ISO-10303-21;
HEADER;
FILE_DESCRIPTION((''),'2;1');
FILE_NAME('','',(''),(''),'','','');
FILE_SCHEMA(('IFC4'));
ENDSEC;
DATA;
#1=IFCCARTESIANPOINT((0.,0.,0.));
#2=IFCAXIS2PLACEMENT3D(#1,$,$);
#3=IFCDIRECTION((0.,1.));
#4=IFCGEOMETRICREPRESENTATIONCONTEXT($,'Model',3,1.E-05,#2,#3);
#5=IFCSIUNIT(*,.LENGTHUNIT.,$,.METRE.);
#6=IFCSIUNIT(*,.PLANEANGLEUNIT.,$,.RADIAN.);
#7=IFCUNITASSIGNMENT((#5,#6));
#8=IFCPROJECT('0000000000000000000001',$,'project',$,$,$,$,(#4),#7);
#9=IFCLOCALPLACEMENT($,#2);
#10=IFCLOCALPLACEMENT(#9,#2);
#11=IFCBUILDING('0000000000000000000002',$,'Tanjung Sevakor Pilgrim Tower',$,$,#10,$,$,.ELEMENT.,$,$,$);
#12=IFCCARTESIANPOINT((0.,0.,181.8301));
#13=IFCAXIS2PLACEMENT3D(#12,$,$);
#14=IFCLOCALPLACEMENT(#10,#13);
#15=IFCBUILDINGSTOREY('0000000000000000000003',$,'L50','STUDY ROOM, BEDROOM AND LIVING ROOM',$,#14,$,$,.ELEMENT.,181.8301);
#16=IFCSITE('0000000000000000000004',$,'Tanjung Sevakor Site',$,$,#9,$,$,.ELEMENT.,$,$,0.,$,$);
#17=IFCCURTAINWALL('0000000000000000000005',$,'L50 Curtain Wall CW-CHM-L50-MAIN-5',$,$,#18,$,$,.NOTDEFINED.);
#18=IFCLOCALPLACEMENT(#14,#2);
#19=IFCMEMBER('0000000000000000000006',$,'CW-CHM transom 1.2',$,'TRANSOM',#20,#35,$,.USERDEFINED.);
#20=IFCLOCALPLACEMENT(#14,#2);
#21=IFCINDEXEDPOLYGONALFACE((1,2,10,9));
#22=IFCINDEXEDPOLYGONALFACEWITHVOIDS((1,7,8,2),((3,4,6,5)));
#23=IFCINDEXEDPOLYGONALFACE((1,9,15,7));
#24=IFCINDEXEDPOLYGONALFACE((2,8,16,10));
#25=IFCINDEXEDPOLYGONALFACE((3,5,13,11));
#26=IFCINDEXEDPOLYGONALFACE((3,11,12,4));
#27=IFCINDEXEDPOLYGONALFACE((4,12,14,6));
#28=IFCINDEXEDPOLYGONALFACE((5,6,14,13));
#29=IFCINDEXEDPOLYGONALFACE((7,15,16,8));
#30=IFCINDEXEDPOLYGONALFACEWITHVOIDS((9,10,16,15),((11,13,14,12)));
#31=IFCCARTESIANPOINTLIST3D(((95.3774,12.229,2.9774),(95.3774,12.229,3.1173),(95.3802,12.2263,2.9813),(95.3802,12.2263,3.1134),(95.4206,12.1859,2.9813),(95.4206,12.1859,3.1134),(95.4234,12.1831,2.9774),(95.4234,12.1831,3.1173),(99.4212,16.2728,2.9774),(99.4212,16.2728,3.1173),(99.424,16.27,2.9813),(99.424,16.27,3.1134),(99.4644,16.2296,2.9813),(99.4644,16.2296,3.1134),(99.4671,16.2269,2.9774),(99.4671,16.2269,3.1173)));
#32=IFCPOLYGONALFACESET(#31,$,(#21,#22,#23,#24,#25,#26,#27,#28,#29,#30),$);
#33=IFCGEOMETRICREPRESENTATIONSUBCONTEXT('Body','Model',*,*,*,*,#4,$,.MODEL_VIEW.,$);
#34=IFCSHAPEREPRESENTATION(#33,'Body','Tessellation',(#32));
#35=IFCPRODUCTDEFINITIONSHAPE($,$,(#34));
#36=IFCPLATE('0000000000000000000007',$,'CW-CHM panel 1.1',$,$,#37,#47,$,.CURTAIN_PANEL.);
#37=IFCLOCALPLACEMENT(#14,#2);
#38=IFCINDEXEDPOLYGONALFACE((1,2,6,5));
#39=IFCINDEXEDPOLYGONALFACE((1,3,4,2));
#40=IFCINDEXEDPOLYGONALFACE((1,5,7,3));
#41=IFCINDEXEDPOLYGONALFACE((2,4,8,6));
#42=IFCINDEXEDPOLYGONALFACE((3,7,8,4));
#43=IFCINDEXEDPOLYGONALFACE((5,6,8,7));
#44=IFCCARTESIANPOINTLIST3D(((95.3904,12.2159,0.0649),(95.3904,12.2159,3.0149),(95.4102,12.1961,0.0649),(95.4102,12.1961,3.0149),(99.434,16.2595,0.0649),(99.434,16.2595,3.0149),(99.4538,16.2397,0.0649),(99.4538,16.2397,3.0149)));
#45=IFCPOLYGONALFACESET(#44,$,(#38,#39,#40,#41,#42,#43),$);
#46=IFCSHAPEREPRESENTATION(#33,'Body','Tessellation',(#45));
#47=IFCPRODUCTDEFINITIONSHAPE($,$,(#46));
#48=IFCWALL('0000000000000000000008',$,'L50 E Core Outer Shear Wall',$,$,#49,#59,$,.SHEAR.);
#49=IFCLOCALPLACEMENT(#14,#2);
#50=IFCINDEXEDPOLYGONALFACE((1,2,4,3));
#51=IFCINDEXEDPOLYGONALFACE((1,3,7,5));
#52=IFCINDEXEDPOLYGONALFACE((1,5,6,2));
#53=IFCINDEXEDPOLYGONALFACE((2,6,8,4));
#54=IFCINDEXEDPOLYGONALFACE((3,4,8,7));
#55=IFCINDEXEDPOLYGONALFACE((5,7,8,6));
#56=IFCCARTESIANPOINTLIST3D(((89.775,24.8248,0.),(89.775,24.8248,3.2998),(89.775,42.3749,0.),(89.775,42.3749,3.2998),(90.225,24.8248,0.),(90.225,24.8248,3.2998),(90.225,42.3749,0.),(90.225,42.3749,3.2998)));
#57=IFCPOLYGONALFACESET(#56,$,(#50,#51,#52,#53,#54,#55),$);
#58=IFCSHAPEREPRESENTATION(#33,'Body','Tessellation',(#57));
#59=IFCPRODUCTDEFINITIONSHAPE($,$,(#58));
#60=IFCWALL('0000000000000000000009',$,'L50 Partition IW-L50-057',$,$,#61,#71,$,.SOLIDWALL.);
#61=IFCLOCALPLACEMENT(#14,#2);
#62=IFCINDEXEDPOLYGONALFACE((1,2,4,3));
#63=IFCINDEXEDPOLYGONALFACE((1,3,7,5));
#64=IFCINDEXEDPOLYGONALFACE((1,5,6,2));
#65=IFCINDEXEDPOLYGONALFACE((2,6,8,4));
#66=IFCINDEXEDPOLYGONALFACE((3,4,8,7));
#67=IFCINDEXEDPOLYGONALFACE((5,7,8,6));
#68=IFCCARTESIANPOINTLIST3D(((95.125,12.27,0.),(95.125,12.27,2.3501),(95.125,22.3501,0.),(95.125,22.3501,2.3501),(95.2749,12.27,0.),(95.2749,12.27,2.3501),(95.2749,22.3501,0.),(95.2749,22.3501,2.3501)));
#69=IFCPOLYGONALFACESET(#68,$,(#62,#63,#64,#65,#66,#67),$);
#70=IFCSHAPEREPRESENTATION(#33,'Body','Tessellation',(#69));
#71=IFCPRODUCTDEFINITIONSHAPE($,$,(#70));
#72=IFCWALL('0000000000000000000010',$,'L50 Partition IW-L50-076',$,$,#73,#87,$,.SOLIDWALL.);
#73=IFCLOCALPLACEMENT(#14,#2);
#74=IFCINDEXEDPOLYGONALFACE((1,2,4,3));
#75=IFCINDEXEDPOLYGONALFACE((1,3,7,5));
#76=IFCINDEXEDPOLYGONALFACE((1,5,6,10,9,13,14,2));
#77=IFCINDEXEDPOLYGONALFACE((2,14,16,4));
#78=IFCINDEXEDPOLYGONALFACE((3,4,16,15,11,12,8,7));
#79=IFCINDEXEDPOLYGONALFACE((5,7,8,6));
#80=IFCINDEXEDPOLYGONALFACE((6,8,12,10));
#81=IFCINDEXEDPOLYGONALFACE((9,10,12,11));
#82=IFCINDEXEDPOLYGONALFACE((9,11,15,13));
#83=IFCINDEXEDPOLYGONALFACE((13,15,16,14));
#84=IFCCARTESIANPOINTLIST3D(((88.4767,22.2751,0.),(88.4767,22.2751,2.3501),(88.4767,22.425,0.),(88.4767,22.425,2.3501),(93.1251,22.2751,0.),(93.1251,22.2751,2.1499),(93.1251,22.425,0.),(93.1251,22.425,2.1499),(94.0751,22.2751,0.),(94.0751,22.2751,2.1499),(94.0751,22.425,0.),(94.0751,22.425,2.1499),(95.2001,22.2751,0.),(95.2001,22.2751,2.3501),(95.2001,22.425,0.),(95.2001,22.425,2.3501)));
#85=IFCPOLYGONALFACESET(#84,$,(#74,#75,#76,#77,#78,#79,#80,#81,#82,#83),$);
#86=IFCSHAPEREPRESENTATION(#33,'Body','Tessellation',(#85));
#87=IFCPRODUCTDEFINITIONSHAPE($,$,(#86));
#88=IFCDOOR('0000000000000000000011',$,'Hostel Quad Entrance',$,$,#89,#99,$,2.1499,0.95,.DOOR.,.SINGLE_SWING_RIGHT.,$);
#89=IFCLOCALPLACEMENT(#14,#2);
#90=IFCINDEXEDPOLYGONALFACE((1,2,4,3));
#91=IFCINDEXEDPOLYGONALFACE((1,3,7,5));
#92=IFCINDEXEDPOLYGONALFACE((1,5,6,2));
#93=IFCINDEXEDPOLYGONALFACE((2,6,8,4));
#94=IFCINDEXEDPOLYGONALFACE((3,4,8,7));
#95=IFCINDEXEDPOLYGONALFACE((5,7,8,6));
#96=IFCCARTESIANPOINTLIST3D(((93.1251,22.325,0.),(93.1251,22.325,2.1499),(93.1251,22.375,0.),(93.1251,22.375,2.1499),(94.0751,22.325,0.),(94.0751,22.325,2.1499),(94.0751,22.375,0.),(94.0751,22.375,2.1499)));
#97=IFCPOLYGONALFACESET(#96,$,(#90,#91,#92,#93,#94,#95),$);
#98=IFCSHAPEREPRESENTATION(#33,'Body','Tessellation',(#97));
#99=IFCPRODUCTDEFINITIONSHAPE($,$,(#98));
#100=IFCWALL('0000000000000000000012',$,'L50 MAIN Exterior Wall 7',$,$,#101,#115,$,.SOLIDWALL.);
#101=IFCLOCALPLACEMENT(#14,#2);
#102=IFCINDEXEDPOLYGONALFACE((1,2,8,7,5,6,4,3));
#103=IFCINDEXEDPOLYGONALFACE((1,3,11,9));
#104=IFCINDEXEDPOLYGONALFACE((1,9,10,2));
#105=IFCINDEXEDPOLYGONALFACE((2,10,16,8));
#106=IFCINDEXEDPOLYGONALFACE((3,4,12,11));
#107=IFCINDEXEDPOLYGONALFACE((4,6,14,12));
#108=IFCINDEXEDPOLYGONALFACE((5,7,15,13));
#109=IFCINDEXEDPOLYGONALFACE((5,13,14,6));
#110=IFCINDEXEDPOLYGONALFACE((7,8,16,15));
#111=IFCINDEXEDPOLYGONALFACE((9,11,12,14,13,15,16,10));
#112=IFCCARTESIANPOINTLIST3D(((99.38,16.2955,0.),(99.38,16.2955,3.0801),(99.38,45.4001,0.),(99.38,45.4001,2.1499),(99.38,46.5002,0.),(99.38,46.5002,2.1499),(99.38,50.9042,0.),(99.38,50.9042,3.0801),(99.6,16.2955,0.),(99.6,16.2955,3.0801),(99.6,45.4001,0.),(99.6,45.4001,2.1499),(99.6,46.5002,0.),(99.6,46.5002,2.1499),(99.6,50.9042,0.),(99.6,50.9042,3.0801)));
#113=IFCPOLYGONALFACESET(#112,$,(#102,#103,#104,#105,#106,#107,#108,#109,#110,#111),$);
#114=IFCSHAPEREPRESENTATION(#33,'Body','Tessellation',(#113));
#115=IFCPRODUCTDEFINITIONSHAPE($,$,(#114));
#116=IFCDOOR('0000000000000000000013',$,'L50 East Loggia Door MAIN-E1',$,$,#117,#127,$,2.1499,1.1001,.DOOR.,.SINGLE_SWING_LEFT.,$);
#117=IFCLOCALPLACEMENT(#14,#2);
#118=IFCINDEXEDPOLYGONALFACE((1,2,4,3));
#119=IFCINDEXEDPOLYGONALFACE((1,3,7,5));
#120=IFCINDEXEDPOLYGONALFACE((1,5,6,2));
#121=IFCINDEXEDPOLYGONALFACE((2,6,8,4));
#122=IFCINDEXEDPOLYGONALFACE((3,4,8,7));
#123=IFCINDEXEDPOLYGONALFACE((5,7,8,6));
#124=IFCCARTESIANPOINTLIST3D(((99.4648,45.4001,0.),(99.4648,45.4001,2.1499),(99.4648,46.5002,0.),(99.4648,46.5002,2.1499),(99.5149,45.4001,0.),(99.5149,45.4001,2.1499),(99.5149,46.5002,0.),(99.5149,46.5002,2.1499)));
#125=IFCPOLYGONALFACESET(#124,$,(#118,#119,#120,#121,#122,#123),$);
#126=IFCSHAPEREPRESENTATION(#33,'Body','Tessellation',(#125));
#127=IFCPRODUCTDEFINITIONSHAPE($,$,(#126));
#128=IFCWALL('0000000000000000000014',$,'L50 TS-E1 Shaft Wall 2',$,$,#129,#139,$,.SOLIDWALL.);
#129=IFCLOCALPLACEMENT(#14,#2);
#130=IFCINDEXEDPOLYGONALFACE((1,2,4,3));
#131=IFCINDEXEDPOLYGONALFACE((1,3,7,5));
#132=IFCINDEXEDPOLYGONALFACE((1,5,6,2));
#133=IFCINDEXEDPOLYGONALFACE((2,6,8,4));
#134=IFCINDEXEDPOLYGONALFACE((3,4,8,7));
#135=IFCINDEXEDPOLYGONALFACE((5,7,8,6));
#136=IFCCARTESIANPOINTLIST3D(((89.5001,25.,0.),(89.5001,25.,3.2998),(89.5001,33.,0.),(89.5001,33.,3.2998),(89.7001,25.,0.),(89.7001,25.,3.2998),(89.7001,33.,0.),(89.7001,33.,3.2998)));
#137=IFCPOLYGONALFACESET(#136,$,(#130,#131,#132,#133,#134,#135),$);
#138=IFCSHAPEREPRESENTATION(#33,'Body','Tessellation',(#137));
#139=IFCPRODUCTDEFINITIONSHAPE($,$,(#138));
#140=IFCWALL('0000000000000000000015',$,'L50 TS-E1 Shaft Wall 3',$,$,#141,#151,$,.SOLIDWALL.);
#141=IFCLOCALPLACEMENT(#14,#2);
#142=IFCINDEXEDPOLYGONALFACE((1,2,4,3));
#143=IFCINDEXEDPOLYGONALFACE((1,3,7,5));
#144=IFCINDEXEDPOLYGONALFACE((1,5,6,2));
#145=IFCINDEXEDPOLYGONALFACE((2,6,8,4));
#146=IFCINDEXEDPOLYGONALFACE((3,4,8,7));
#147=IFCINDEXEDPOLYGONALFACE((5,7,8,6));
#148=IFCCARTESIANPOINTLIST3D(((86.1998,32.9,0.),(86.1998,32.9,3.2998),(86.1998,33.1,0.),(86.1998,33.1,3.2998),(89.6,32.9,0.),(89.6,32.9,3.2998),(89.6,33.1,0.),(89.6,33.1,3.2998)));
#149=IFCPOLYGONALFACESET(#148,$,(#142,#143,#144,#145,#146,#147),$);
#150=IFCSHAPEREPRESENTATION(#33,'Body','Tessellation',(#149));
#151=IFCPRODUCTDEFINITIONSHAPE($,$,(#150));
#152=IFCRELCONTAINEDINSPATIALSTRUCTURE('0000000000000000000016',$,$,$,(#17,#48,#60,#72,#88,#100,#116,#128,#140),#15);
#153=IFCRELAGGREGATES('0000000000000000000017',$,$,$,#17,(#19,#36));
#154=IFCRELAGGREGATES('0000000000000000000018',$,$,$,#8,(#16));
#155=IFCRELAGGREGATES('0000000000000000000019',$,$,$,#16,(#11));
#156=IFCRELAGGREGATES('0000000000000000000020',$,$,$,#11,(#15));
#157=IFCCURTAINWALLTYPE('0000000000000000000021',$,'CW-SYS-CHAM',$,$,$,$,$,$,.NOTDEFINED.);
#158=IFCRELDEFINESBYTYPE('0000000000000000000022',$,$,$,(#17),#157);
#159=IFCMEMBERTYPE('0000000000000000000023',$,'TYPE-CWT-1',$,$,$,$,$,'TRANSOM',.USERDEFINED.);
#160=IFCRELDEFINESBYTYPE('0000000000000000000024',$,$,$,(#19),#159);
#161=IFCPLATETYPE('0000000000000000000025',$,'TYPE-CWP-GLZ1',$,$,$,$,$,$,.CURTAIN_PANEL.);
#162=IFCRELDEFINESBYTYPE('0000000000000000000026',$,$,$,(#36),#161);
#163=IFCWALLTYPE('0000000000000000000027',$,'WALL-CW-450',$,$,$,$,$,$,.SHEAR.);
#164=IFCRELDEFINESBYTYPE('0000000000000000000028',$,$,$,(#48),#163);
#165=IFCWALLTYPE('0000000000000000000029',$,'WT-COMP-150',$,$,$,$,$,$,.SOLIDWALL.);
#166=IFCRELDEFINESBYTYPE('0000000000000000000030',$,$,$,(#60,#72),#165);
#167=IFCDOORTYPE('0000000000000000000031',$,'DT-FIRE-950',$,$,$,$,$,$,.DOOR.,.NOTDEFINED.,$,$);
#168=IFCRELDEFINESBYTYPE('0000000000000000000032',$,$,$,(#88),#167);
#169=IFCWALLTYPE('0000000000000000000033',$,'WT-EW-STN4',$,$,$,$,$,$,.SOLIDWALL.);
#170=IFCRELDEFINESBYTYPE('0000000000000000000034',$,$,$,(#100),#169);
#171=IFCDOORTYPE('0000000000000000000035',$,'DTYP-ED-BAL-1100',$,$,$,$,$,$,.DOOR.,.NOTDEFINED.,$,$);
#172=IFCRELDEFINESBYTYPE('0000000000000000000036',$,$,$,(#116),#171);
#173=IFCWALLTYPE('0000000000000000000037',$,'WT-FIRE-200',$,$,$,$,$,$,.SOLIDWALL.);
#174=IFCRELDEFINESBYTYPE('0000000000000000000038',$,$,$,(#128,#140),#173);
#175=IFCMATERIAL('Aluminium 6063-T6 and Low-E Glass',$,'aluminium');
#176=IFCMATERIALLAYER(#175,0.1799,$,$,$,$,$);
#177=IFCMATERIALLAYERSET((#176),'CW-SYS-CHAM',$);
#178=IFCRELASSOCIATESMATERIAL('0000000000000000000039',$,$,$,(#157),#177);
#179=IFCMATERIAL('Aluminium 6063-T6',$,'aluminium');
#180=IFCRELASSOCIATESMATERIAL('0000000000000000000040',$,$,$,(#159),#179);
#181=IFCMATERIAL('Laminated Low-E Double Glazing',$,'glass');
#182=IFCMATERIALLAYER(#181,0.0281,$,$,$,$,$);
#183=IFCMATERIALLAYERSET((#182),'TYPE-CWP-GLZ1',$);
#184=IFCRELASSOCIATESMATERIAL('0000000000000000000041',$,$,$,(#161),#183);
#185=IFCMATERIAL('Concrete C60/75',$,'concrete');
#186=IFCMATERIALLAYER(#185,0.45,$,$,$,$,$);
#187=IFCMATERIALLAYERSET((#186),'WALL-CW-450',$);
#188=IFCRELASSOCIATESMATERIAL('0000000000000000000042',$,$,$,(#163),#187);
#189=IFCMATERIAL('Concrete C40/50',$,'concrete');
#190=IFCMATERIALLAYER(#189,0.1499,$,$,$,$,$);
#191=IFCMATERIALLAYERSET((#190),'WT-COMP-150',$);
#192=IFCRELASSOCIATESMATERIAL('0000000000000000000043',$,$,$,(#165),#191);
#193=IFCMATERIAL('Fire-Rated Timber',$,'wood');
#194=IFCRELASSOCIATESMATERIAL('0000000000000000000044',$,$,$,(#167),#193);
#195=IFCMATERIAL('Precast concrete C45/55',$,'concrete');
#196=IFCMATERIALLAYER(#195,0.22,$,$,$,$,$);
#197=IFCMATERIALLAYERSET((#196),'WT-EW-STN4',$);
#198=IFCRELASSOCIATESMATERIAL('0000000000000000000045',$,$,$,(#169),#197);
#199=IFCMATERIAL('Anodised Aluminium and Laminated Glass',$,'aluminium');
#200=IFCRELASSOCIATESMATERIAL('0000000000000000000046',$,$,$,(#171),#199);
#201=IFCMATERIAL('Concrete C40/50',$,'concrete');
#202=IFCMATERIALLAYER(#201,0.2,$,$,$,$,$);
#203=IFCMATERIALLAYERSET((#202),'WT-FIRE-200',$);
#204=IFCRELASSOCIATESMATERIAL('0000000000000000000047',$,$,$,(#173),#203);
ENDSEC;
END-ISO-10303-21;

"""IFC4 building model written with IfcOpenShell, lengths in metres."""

from ifc_helpers import new_model, si_unit, direction, frame, frame_2d, origin, origin_2d, place, context, subcontext, project, spatial, rectangle, hollow_rectangle, extrude, material, layer, layer_set, material_profile, profile_set, type_object, element, fill, aggregate, save


model = new_model("IFC4")

# Units and contexts
model_context = context("Model", 3, precision=1e-05, world=origin(), true_north=direction((0.0, 1.0)))
body_context = subcontext(model_context, "Body", "Model", "MODEL_VIEW")
ifc_project = project(units=[si_unit("LENGTHUNIT", "METRE"), si_unit("PLANEANGLEUNIT", "RADIAN")], contexts=[model_context])

# Site, building, storey
site_placement = place(None, origin())
site = spatial("IfcSite", under=ifc_project, at=site_placement, Name="Tanjung Sevakor Site", CompositionType="ELEMENT", RefElevation=0.0)
building_placement = place(site_placement, origin())
building = spatial("IfcBuilding", under=site, at=building_placement, Name="Tanjung Sevakor Pilgrim Tower", CompositionType="ELEMENT")
storey_placement = place(building_placement, frame((0.0, 0.0, 181.8301)))
storey = spatial("IfcBuildingStorey", under=building, at=storey_placement, Name="L50", Description="STUDY ROOM, BEDROOM AND LIVING ROOM", CompositionType="ELEMENT", Elevation=181.8301)

# Curtain wall, member, plate
ifc_material_1 = material(Name="Aluminium 6063-T6 and Low-E Glass", Category="aluminium")
ifc_layer_1 = layer(ifc_material_1, 0.1799)
ifc_layer_set_1 = layer_set([ifc_layer_1], Name="CW-SYS-CHAM")
curtain_wall_type = type_object("IfcCurtainWallType", Name="CW-SYS-CHAM", PredefinedType="NOTDEFINED", material=ifc_layer_set_1)
curtain_wall_placement = place(storey_placement, origin())
curtain_wall = element("IfcCurtainWall", 1, at=curtain_wall_placement, inside=storey, type_object=curtain_wall_type, Name="L50 Curtain Wall CW-CHM-L50-MAIN-5", PredefinedType="NOTDEFINED")
ifc_material_2 = material(Name="Aluminium 6063-T6", Category="aluminium")
ifc_material_profile_1 = material_profile(ifc_material_2, hollow_rectangle(XDim=0.0649, YDim=0.1399, WallThickness=0.0039, at=origin_2d()))
ifc_profile_set_1 = profile_set([ifc_material_profile_1], Name="Aluminium 6063-T6")
member_type_1 = type_object("IfcMemberType", Name="TYPE-CWT-1", ElementType="TRANSOM", PredefinedType="USERDEFINED", material=ifc_profile_set_1)
member_1_placement = place(storey_placement, frame((95.4004, 12.2061, 3.0474), z_axis=(0.707107, 0.707107, 0.0), x_axis=(-0.707107, 0.707107, 0.0)))
member_1 = element("IfcMember", 2, at=member_1_placement, type_object=member_type_1, Name="CW-CHM transom 1.2", ObjectType="TRANSOM", PredefinedType="USERDEFINED", context=body_context, shape_type="SweptSolid", body=[
    extrude(hollow_rectangle(XDim=0.0649, YDim=0.1399, WallThickness=0.0039, at=origin_2d()), origin(), (0.0, 0.0, 1.0), 5.7188),
])
ifc_material_3 = material(Name="Laminated Low-E Double Glazing", Category="glass")
ifc_layer_2 = layer(ifc_material_3, 0.0281)
ifc_layer_set_2 = layer_set([ifc_layer_2], Name="TYPE-CWP-GLZ1")
plate_type = type_object("IfcPlateType", Name="TYPE-CWP-GLZ1", PredefinedType="CURTAIN_PANEL", material=ifc_layer_set_2)
plate_placement = place(storey_placement, frame((97.4221, 14.2278, 0.0649), z_axis=(0.0, 0.0, 1.0), x_axis=(0.707107, 0.707107, 0.0)))
plate = element("IfcPlate", 3, at=plate_placement, type_object=plate_type, Name="CW-CHM panel 1.1", PredefinedType="CURTAIN_PANEL", context=body_context, shape_type="SweptSolid", body=[
    extrude(rectangle(XDim=5.7185, YDim=0.0281, at=origin_2d()), origin(), (0.0, 0.0, 1.0), 2.95),
])
aggregate(curtain_wall, [member_1, plate])

# Walls
ifc_material_4 = material(Name="Concrete C60/75", Category="concrete")
ifc_layer_3 = layer(ifc_material_4, 0.45)
ifc_layer_set_3 = layer_set([ifc_layer_3], Name="WALL-CW-450")
wall_type_1 = type_object("IfcWallType", Name="WALL-CW-450", PredefinedType="SHEAR", material=ifc_layer_set_3)
wall_1_placement = place(storey_placement, frame((90.0, 24.825, 0.0), z_axis=(0.0, 0.0, 1.0), x_axis=(0.0, 1.0, 0.0)))
element("IfcWall", 4, at=wall_1_placement, inside=storey, type_object=wall_type_1, Name="L50 E Core Outer Shear Wall", PredefinedType="SHEAR", context=body_context, shape_type="SweptSolid", body=[
    extrude(rectangle(XDim=17.55, YDim=0.45, at=frame_2d((8.7749, 0.0))), origin(), (0.0, 0.0, 1.0), 3.2998),
])
ifc_material_5 = material(Name="Concrete C40/50", Category="concrete")
ifc_layer_4 = layer(ifc_material_5, 0.1499)
ifc_layer_set_4 = layer_set([ifc_layer_4], Name="WT-COMP-150")
wall_type_2 = type_object("IfcWallType", Name="WT-COMP-150", PredefinedType="SOLIDWALL", material=ifc_layer_set_4)
wall_2_placement = place(storey_placement, frame((95.2, 12.27, 0.0), z_axis=(0.0, 0.0, 1.0), x_axis=(0.0, 1.0, 0.0)))
element("IfcWall", 5, at=wall_2_placement, inside=storey, type_object=wall_type_2, Name="L50 Partition IW-L50-057", PredefinedType="SOLIDWALL", context=body_context, shape_type="SweptSolid", body=[
    extrude(rectangle(XDim=10.0801, YDim=0.1499, at=frame_2d((5.04, 0.0))), origin(), (0.0, 0.0, 1.0), 2.3501),
])

# Walls, openings, doors
wall_3_placement = place(storey_placement, frame((88.4766, 22.3501, 0.0), z_axis=(0.0, 0.0, 1.0), x_axis=(1.0, 0.0, 0.0)))
wall_3 = element("IfcWall", 6, at=wall_3_placement, inside=storey, type_object=wall_type_2, Name="L50 Partition IW-L50-076", PredefinedType="SOLIDWALL", context=body_context, shape_type="SweptSolid", body=[
    extrude(rectangle(XDim=6.7234, YDim=0.1499, at=frame_2d((3.3618, 0.0))), origin(), (0.0, 0.0, 1.0), 2.3501),
])
opening_1_placement = place(wall_3_placement, frame((4.6484, 0.0, 0.0)))
opening_1 = element("IfcOpeningElement", 7, at=opening_1_placement, cuts=wall_3, PredefinedType="OPENING", context=body_context, shape_type="SweptSolid", body=[
    extrude(rectangle(XDim=0.95, YDim=2.1499, at=frame_2d((0.4751, 1.075))), frame((0.0, 0.085, 0.0), z_axis=(0.0, -1.0, 0.0), x_axis=(1.0, 0.0, 0.0)), (0.0, 0.0, 1.0), 0.1699),
])
ifc_material_6 = material(Name="Fire-Rated Timber", Category="wood")
door_type_1 = type_object("IfcDoorType", Name="DT-FIRE-950", OperationType="NOTDEFINED", PredefinedType="DOOR", material=ifc_material_6)
door_1_placement = place(opening_1_placement, origin())
door_1 = element("IfcDoor", 8, at=door_1_placement, inside=storey, type_object=door_type_1, Name="Hostel Quad Entrance", OperationType="SINGLE_SWING_RIGHT", OverallHeight=2.1499, OverallWidth=0.95, PredefinedType="DOOR", context=body_context, shape_type="SweptSolid", body=[
    extrude(rectangle(XDim=0.95, YDim=2.1499, at=frame_2d((0.4751, 1.075))), frame((0.0, 0.0249, 0.0), z_axis=(0.0, -1.0, 0.0), x_axis=(1.0, 0.0, 0.0)), (0.0, 0.0, 1.0), 0.05),
])
fill(opening_1, door_1)
ifc_material_7 = material(Name="Precast concrete C45/55", Category="concrete")
ifc_layer_5 = layer(ifc_material_7, 0.22)
ifc_layer_set_5 = layer_set([ifc_layer_5], Name="WT-EW-STN4")
wall_type_3 = type_object("IfcWallType", Name="WT-EW-STN4", PredefinedType="SOLIDWALL", material=ifc_layer_set_5)
wall_4_placement = place(storey_placement, frame((99.49, 16.2957, 0.0), z_axis=(0.0, 0.0, 1.0), x_axis=(0.0, 1.0, 0.0)))
wall_4 = element("IfcWall", 9, at=wall_4_placement, inside=storey, type_object=wall_type_3, Name="L50 MAIN Exterior Wall 7", PredefinedType="SOLIDWALL", context=body_context, shape_type="SweptSolid", body=[
    extrude(rectangle(XDim=34.6086, YDim=0.22, at=frame_2d((17.3042, 0.0))), origin(), (0.0, 0.0, 1.0), 3.0801),
])
opening_2_placement = place(wall_4_placement, frame((29.1045, 0.0, 0.0)))
opening_2 = element("IfcOpeningElement", 10, at=opening_2_placement, cuts=wall_4, PredefinedType="OPENING", context=body_context, shape_type="SweptSolid", body=[
    extrude(rectangle(XDim=1.1001, YDim=2.1499, at=frame_2d((0.55, 1.075))), frame((0.0, 0.1199, 0.0), z_axis=(0.0, -1.0, 0.0), x_axis=(1.0, 0.0, 0.0)), (0.0, 0.0, 1.0), 0.24),
])
ifc_material_8 = material(Name="Anodised Aluminium and Laminated Glass", Category="aluminium")
door_type_2 = type_object("IfcDoorType", Name="DTYP-ED-BAL-1100", OperationType="NOTDEFINED", PredefinedType="DOOR", material=ifc_material_8)
door_2_placement = place(opening_2_placement, frame((1.1001, 0.0, 0.0), z_axis=(0.0, 0.0, 1.0), x_axis=(-1.0, 0.0, 0.0)))
door_2 = element("IfcDoor", 11, at=door_2_placement, inside=storey, type_object=door_type_2, Name="L50 East Loggia Door MAIN-E1", OperationType="SINGLE_SWING_LEFT", OverallHeight=2.1499, OverallWidth=1.1001, PredefinedType="DOOR", context=body_context, shape_type="SweptSolid", body=[
    extrude(rectangle(XDim=1.1001, YDim=2.1499, at=frame_2d((0.55, 1.075))), frame((0.0, 0.0249, 0.0), z_axis=(0.0, -1.0, 0.0), x_axis=(1.0, 0.0, 0.0)), (0.0, 0.0, 1.0), 0.05),
])
fill(opening_2, door_2)

# Walls
ifc_material_9 = material(Name="Concrete C40/50", Category="concrete")
ifc_layer_6 = layer(ifc_material_9, 0.2)
ifc_layer_set_6 = layer_set([ifc_layer_6], Name="WT-FIRE-200")
wall_type_4 = type_object("IfcWallType", Name="WT-FIRE-200", PredefinedType="SOLIDWALL", material=ifc_layer_set_6)
wall_5_placement = place(storey_placement, frame((89.6001, 25.0, 0.0), z_axis=(0.0, 0.0, 1.0), x_axis=(0.0, 1.0, 0.0)))
element("IfcWall", 12, at=wall_5_placement, inside=storey, type_object=wall_type_4, Name="L50 TS-E1 Shaft Wall 2", PredefinedType="SOLIDWALL", context=body_context, shape_type="SweptSolid", body=[
    extrude(rectangle(XDim=8.0, YDim=0.2, at=frame_2d((4.0, 0.0))), origin(), (0.0, 0.0, 1.0), 3.2998),
])
wall_6_placement = place(storey_placement, frame((89.6001, 33.0, 0.0), z_axis=(0.0, 0.0, 1.0), x_axis=(-1.0, 0.0, 0.0)))
element("IfcWall", 13, at=wall_6_placement, inside=storey, type_object=wall_type_4, Name="L50 TS-E1 Shaft Wall 3", PredefinedType="SOLIDWALL", context=body_context, shape_type="SweptSolid", body=[
    extrude(rectangle(XDim=3.4001, YDim=0.2, at=frame_2d((1.7002, 0.0))), origin(), (0.0, 0.0, 1.0), 3.2998),
])

save(model, "model.ifc")
